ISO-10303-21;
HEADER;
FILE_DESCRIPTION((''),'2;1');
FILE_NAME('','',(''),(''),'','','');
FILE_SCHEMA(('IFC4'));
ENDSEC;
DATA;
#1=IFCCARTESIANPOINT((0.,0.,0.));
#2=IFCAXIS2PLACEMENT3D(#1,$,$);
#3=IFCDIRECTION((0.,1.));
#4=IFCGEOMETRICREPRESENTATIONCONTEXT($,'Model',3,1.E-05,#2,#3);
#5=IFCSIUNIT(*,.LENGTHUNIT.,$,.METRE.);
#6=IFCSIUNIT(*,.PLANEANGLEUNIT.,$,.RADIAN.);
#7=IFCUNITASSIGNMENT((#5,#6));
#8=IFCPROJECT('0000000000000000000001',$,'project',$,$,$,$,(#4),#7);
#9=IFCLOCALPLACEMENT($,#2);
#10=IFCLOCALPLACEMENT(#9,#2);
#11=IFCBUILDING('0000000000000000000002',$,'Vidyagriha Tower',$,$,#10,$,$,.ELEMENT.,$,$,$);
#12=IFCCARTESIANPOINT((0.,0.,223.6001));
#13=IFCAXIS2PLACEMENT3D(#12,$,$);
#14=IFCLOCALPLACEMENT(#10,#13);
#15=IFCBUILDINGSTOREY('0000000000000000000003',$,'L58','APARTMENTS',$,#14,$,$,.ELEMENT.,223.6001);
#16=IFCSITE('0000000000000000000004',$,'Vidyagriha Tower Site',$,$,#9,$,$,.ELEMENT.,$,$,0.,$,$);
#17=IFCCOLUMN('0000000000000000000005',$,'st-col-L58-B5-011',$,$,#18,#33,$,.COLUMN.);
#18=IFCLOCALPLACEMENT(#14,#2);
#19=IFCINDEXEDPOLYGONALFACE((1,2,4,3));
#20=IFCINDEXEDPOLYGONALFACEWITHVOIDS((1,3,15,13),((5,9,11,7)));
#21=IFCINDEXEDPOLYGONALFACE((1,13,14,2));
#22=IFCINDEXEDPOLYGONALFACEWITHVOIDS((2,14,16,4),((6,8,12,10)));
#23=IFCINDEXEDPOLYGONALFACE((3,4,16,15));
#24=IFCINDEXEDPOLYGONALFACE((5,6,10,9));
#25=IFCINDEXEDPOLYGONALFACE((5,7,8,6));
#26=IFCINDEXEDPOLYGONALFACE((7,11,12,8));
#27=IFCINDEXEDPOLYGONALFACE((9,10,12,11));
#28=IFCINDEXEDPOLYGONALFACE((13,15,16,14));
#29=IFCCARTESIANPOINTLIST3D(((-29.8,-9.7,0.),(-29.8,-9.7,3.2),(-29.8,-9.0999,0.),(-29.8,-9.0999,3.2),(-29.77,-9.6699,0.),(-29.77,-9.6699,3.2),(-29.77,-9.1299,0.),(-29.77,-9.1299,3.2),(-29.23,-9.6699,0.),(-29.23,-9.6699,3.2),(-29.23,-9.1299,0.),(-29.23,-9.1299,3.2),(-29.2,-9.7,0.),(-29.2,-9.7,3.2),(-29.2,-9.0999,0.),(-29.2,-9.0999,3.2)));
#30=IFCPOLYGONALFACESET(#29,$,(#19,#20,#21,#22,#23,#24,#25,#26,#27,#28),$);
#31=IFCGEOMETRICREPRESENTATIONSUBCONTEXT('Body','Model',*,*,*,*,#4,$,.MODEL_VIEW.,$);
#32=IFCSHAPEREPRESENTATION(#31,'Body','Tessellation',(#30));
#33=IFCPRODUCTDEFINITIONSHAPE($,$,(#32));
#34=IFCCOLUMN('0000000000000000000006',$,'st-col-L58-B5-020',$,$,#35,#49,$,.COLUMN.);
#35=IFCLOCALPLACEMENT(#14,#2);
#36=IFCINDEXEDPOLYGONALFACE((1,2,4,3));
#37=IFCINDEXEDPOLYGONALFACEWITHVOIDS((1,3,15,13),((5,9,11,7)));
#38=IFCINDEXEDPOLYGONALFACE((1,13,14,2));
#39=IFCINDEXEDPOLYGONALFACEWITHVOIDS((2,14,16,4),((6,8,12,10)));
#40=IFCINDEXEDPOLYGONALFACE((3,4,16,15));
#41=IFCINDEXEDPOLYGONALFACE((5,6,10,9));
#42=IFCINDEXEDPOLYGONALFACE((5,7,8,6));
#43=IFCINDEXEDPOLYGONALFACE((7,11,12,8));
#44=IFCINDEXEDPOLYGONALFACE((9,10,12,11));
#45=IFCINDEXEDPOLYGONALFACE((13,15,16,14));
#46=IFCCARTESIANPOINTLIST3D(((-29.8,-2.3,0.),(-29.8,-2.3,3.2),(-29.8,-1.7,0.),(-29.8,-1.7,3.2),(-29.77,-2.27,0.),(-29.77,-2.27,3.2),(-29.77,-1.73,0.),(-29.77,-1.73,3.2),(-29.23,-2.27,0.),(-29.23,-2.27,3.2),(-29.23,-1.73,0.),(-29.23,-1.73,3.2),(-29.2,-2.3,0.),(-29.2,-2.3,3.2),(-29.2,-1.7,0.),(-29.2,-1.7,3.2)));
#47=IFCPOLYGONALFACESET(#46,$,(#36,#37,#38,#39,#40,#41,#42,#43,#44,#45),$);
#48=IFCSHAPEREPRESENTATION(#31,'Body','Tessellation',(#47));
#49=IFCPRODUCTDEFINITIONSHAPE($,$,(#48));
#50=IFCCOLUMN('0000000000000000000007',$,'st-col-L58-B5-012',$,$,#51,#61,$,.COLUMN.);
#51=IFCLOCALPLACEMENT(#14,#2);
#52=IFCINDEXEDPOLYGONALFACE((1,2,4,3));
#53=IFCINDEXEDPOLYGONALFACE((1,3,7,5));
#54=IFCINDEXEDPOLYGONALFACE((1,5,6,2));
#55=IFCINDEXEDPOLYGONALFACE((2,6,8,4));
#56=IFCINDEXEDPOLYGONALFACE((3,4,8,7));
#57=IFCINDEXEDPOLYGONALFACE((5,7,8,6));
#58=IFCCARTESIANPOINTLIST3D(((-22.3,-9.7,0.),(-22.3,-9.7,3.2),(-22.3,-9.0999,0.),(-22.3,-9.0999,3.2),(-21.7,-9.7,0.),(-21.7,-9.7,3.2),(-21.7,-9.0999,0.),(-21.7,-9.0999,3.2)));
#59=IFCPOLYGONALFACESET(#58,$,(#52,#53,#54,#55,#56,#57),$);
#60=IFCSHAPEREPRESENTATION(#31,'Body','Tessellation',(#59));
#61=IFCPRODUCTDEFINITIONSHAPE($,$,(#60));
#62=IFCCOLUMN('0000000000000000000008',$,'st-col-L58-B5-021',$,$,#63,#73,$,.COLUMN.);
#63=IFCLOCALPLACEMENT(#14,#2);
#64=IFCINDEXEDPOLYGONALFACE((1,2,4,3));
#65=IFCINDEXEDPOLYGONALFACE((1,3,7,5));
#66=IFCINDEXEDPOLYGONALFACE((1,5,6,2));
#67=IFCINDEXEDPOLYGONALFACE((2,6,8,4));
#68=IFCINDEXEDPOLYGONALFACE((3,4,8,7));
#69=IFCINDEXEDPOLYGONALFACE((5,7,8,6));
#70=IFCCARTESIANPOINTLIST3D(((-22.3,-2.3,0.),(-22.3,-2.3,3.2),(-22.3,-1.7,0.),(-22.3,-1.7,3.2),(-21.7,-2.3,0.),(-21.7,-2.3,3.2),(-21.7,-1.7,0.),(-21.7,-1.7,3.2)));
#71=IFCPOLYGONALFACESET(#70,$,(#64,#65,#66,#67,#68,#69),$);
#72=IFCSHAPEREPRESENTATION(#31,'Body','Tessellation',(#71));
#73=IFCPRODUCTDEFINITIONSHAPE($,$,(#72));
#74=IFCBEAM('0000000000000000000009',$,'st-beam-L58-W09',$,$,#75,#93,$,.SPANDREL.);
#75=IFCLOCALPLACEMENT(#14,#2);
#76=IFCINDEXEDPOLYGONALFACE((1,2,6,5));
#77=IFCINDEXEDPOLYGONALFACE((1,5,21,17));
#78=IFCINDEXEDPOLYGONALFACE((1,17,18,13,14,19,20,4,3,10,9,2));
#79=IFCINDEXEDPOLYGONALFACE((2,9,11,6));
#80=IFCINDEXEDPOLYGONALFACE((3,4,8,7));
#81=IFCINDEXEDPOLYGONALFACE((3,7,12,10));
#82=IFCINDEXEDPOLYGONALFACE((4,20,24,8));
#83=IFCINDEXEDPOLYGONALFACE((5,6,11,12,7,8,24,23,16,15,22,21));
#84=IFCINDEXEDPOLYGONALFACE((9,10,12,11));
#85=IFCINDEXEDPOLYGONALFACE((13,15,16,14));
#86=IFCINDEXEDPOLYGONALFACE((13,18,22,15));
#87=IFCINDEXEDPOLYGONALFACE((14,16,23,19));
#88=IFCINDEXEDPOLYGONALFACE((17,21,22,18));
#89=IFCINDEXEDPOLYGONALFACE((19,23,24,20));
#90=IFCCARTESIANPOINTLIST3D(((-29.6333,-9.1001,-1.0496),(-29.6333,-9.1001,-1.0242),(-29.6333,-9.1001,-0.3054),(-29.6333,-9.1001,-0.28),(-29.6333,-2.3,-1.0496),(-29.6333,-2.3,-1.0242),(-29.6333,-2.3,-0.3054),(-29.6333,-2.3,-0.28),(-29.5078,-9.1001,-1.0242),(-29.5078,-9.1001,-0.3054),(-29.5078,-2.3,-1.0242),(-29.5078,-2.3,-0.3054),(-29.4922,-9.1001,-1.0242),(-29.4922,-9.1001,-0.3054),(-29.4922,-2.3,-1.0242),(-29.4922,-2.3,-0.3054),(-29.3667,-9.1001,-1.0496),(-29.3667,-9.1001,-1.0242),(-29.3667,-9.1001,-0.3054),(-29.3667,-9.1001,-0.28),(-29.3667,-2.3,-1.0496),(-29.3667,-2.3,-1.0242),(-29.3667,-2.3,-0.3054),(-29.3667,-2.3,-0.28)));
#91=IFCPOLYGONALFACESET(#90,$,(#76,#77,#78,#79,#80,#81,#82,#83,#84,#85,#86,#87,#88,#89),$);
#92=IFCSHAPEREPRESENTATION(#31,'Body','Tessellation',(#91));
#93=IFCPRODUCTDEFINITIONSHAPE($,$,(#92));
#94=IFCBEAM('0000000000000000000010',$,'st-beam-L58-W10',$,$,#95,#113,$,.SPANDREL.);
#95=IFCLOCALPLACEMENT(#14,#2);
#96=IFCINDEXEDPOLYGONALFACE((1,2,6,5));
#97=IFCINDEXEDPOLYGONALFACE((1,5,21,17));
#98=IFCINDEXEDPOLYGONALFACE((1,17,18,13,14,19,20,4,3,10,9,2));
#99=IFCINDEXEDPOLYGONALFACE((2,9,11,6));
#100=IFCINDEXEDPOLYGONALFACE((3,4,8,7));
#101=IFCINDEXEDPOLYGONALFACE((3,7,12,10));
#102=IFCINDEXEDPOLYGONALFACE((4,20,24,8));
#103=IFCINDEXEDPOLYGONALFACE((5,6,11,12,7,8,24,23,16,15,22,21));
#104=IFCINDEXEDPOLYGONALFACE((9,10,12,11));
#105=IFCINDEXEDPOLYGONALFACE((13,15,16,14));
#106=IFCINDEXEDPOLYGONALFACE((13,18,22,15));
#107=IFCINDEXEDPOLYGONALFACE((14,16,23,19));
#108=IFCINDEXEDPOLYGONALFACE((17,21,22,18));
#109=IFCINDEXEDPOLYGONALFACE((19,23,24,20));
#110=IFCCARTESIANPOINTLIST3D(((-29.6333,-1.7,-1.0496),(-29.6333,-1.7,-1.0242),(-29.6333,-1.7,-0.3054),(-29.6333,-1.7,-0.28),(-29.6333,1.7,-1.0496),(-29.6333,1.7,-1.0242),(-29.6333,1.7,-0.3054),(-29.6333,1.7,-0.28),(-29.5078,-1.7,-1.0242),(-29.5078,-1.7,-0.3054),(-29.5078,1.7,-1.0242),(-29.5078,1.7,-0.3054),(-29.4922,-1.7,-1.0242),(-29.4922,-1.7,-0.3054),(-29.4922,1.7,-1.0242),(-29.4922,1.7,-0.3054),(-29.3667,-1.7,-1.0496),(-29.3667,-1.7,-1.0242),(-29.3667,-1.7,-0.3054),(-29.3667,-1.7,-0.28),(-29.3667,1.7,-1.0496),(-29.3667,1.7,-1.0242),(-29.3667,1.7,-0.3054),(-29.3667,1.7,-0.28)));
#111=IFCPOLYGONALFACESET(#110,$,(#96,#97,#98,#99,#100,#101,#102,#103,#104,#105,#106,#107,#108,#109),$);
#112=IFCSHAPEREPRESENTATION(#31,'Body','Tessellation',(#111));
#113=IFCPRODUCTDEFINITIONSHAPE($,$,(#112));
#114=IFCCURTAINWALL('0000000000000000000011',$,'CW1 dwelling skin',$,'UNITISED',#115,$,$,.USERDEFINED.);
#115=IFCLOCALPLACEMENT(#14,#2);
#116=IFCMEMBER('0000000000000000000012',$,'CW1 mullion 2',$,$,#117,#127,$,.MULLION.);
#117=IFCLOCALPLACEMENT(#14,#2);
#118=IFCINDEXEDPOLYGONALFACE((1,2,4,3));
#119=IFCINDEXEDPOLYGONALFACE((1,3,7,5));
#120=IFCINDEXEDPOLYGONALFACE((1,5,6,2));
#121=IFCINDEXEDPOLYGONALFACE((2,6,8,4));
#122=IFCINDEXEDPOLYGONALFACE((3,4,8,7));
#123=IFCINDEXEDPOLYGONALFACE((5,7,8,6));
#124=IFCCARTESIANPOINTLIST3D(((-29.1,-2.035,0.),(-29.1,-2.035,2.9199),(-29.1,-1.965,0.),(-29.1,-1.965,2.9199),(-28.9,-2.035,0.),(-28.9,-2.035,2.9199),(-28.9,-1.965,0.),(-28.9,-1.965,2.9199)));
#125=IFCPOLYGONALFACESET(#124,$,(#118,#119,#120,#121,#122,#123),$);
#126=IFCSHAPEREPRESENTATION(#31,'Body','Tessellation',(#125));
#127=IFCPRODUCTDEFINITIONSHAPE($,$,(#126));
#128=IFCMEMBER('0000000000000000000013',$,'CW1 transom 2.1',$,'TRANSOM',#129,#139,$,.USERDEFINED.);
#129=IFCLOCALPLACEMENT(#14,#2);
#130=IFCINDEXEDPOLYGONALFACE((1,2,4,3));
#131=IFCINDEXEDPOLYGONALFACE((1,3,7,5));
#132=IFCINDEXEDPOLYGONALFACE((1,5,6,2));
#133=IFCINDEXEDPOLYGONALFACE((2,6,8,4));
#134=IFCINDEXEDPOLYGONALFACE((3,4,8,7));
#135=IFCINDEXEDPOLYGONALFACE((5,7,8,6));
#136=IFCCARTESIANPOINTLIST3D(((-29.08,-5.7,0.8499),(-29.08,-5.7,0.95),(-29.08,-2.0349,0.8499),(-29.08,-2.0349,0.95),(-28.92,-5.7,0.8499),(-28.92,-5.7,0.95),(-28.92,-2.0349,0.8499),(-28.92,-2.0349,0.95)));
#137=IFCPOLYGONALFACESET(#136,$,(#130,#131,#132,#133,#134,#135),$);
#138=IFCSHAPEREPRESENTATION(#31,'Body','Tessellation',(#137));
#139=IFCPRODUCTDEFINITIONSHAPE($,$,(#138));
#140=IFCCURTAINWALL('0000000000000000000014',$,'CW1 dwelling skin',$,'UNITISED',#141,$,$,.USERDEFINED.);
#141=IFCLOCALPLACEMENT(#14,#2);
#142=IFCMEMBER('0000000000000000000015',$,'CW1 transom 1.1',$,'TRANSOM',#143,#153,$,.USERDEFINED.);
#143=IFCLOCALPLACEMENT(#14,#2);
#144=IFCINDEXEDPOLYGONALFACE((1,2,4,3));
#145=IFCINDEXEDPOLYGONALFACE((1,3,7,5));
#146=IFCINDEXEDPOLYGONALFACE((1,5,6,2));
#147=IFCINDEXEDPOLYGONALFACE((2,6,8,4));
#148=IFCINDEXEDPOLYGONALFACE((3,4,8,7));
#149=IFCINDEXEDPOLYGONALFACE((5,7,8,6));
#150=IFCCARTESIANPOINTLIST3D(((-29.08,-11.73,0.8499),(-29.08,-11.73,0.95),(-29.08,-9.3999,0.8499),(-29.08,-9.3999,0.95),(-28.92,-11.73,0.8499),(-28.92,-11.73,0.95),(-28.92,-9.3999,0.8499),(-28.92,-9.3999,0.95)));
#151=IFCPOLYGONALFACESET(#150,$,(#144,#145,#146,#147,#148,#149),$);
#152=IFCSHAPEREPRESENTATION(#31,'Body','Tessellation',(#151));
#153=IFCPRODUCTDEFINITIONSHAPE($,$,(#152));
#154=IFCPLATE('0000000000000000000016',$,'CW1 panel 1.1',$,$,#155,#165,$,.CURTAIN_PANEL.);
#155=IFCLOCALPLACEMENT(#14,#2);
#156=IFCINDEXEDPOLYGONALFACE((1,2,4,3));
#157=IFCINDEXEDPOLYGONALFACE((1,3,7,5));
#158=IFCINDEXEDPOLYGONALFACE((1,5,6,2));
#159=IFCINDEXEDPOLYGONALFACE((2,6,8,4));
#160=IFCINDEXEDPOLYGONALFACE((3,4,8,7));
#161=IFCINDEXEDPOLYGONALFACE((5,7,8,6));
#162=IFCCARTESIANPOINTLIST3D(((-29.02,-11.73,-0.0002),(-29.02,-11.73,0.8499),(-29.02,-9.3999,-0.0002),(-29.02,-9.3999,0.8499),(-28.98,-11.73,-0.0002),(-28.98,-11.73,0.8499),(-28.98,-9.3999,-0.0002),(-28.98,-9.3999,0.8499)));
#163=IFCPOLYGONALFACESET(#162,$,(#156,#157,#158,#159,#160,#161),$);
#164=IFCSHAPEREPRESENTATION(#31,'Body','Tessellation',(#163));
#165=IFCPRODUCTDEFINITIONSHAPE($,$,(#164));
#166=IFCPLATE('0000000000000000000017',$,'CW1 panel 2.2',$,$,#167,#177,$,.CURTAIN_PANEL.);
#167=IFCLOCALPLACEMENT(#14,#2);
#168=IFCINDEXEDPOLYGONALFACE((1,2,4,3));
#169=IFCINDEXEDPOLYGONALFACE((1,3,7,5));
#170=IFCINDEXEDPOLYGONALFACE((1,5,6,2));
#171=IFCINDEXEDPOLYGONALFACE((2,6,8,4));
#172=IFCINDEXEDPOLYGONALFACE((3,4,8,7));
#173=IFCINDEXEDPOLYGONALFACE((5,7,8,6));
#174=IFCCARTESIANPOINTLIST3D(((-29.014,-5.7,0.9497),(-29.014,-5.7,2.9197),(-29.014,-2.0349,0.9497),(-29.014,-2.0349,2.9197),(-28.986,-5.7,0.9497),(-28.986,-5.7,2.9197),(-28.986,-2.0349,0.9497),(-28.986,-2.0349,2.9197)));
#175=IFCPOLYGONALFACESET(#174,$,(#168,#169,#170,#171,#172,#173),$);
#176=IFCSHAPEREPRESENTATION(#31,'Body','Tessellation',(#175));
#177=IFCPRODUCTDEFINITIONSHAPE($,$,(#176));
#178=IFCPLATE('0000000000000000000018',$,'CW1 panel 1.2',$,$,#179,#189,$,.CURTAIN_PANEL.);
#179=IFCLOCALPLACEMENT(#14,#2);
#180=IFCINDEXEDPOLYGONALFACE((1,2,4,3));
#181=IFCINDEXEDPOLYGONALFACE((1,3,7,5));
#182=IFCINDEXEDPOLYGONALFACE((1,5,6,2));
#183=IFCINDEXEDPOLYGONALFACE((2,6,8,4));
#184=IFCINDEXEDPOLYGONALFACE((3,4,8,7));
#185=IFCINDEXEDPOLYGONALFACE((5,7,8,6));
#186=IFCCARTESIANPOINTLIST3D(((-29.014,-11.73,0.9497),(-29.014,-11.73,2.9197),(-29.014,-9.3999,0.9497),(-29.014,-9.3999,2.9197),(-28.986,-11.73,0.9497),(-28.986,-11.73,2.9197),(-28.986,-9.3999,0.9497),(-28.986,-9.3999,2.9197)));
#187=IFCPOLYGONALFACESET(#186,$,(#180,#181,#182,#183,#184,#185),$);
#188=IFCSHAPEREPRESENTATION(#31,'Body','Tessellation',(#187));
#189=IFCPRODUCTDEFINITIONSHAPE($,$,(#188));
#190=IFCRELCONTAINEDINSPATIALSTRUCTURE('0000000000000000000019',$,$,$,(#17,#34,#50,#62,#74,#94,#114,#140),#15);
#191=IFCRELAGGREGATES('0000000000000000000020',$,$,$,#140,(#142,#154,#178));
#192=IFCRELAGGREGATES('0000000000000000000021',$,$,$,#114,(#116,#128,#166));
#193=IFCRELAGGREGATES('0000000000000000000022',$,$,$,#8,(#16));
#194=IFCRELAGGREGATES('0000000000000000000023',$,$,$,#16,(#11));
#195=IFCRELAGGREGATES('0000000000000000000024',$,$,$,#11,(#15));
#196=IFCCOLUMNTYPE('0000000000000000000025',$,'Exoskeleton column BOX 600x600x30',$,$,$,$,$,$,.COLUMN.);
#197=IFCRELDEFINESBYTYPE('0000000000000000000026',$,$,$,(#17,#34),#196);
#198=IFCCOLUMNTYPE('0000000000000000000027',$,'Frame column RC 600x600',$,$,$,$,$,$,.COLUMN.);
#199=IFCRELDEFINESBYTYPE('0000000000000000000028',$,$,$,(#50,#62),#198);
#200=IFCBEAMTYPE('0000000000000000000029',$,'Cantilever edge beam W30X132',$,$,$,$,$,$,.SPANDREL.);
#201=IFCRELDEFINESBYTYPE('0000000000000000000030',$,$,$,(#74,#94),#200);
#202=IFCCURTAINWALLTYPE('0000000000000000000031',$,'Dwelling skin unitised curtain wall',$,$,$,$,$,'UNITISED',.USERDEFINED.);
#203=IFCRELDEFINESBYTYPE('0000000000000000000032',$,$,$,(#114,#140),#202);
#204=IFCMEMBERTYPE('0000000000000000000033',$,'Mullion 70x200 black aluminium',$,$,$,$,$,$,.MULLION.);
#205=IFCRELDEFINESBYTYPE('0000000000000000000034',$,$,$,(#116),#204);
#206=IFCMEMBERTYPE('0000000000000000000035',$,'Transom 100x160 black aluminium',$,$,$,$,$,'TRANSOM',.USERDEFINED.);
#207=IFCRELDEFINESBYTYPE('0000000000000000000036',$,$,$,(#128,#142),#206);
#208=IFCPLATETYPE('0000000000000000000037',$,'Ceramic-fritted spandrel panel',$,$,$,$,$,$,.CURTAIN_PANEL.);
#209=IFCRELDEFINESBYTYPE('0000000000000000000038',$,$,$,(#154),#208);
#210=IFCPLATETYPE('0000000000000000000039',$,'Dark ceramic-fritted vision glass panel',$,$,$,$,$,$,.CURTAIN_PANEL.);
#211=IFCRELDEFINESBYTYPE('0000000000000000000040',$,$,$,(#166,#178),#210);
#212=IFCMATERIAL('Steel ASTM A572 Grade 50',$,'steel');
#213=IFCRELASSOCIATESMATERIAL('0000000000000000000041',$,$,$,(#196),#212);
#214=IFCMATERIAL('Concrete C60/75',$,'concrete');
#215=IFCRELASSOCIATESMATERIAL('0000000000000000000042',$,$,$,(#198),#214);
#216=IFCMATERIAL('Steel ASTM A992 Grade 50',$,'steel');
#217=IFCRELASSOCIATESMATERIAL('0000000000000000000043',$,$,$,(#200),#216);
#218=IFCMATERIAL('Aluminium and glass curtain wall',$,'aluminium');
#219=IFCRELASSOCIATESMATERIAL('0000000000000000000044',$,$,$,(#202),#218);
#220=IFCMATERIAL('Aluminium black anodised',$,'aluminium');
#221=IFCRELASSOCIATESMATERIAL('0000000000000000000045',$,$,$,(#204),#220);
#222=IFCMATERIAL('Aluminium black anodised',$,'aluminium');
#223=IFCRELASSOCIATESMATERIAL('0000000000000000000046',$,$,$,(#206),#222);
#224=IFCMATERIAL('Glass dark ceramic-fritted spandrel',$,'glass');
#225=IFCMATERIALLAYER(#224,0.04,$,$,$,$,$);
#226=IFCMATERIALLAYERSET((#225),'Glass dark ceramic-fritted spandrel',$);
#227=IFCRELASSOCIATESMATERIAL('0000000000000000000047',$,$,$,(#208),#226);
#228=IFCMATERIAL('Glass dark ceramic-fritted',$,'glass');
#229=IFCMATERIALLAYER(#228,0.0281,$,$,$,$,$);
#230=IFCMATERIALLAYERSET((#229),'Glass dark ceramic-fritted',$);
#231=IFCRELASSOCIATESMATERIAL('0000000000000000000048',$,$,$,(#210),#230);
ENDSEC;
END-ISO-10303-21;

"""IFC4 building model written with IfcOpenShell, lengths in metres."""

from ifc_helpers import new_model, si_unit, direction, frame, origin, origin_2d, place, context, subcontext, project, spatial, rectangle, hollow_rectangle, i_section, extrude, material, layer, layer_set, material_profile, profile_set, type_object, element, aggregate, save


model = new_model("IFC4")

# Units and contexts
model_context = context("Model", 3, precision=1e-05, world=origin(), true_north=direction((0.0, 1.0)))
body_context = subcontext(model_context, "Body", "Model", "MODEL_VIEW")
ifc_project = project(units=[si_unit("LENGTHUNIT", "METRE"), si_unit("PLANEANGLEUNIT", "RADIAN")], contexts=[model_context])

# Site, building, storey
site_placement = place(None, origin())
site = spatial("IfcSite", under=ifc_project, at=site_placement, Name="Vidyagriha Tower Site", CompositionType="ELEMENT", RefElevation=0.0)
building_placement = place(site_placement, origin())
building = spatial("IfcBuilding", under=site, at=building_placement, Name="Vidyagriha Tower", CompositionType="ELEMENT")
storey_placement = place(building_placement, frame((0.0, 0.0, 223.6001)))
storey = spatial("IfcBuildingStorey", under=building, at=storey_placement, Name="L58", Description="APARTMENTS", CompositionType="ELEMENT", Elevation=223.6001)

# Columns
ifc_material_1 = material(Name="Steel ASTM A572 Grade 50", Category="steel")
ifc_material_profile_1 = material_profile(ifc_material_1, hollow_rectangle(XDim=0.6001, YDim=0.6001, WallThickness=0.03, at=origin_2d()), Name="BOX 600x600x30")
ifc_profile_set_1 = profile_set([ifc_material_profile_1], Name="Steel ASTM A572 Grade 50")
column_type_1 = type_object("IfcColumnType", Name="Exoskeleton column BOX 600x600x30", PredefinedType="COLUMN", material=ifc_profile_set_1)
for number, where, name in (
    (1, (-29.5, -9.3999, 0.0), "st-col-L58-B5-011"),
    (2, (-29.5, -2.0, 0.0), "st-col-L58-B5-020"),
):
    element("IfcColumn", number, at=place(storey_placement, frame(where)), inside=storey, type_object=column_type_1, Name=name, PredefinedType="COLUMN", context=body_context, shape_type="SweptSolid", body=[
        extrude(hollow_rectangle(XDim=0.6001, YDim=0.6001, WallThickness=0.03, at=origin_2d()), origin(), (0.0, 0.0, 1.0), 3.2),
    ])
ifc_material_2 = material(Name="Concrete C60/75", Category="concrete")
ifc_material_profile_2 = material_profile(ifc_material_2, rectangle(XDim=0.6001, YDim=0.6001, at=origin_2d()), Name="RC 600x600")
ifc_profile_set_2 = profile_set([ifc_material_profile_2], Name="Concrete C60/75")
column_type_2 = type_object("IfcColumnType", Name="Frame column RC 600x600", PredefinedType="COLUMN", material=ifc_profile_set_2)
for number, where, name in (
    (3, (-22.0, -9.3999, 0.0), "st-col-L58-B5-012"),
    (4, (-22.0, -2.0, 0.0), "st-col-L58-B5-021"),
):
    element("IfcColumn", number, at=place(storey_placement, frame(where)), inside=storey, type_object=column_type_2, Name=name, PredefinedType="COLUMN", context=body_context, shape_type="SweptSolid", body=[
        extrude(rectangle(XDim=0.6001, YDim=0.6001, at=origin_2d()), origin(), (0.0, 0.0, 1.0), 3.2),
    ])

# Beams
ifc_material_3 = material(Name="Steel ASTM A992 Grade 50", Category="steel")
ifc_material_profile_3 = material_profile(ifc_material_3, i_section(OverallWidth=0.2666, OverallDepth=0.7695, WebThickness=0.0156, FlangeThickness=0.0254, at=origin_2d()), Name="W30X132")
ifc_profile_set_3 = profile_set([ifc_material_profile_3], Name="Steel ASTM A992 Grade 50")
beam_type = type_object("IfcBeamType", Name="Cantilever edge beam W30X132", PredefinedType="SPANDREL", material=ifc_profile_set_3)
beam_1_placement = place(storey_placement, frame((-29.5, -9.1001, -0.6648), z_axis=(0.0, 1.0, 0.0), x_axis=(-1.0, 0.0, 0.0)))
element("IfcBeam", 5, at=beam_1_placement, inside=storey, type_object=beam_type, Name="st-beam-L58-W09", PredefinedType="SPANDREL", context=body_context, shape_type="SweptSolid", body=[
    extrude(i_section(OverallWidth=0.2666, OverallDepth=0.7695, WebThickness=0.0156, FlangeThickness=0.0254, at=origin_2d()), origin(), (0.0, 0.0, 1.0), 6.8),
])
beam_2_placement = place(storey_placement, frame((-29.5, -1.7, -0.6648), z_axis=(0.0, 1.0, 0.0), x_axis=(-1.0, 0.0, 0.0)))
element("IfcBeam", 6, at=beam_2_placement, inside=storey, type_object=beam_type, Name="st-beam-L58-W10", PredefinedType="SPANDREL", context=body_context, shape_type="SweptSolid", body=[
    extrude(i_section(OverallWidth=0.2666, OverallDepth=0.7695, WebThickness=0.0156, FlangeThickness=0.0254, at=origin_2d()), origin(), (0.0, 0.0, 1.0), 3.3999),
])

# Curtain wall, members
ifc_material_4 = material(Name="Aluminium and glass curtain wall", Category="aluminium")
curtain_wall_type = type_object("IfcCurtainWallType", Name="Dwelling skin unitised curtain wall", ElementType="UNITISED", PredefinedType="USERDEFINED", material=ifc_material_4)
curtain_wall_1_placement = place(storey_placement, origin())
curtain_wall_1 = element("IfcCurtainWall", 7, at=curtain_wall_1_placement, inside=storey, type_object=curtain_wall_type, Name="CW1 dwelling skin", ObjectType="UNITISED", PredefinedType="USERDEFINED")
ifc_material_5 = material(Name="Aluminium black anodised", Category="aluminium")
ifc_material_profile_4 = material_profile(ifc_material_5, rectangle(XDim=0.2, YDim=0.0701, at=origin_2d()), Name="Mullion 70x200 black aluminium")
ifc_profile_set_4 = profile_set([ifc_material_profile_4], Name="Aluminium black anodised")
member_type_1 = type_object("IfcMemberType", Name="Mullion 70x200 black aluminium", PredefinedType="MULLION", material=ifc_profile_set_4)
member_1_placement = place(storey_placement, frame((-29.0, -2.0, 0.0)))
member_1 = element("IfcMember", 8, at=member_1_placement, type_object=member_type_1, Name="CW1 mullion 2", PredefinedType="MULLION", context=body_context, shape_type="SweptSolid", body=[
    extrude(rectangle(XDim=0.2, YDim=0.0701, at=origin_2d()), origin(), (0.0, 0.0, 1.0), 2.9199),
])
ifc_material_6 = material(Name="Aluminium black anodised", Category="aluminium")
ifc_material_profile_5 = material_profile(ifc_material_6, rectangle(XDim=0.1599, YDim=0.1001, at=origin_2d()), Name="Transom 100x160 black aluminium")
ifc_profile_set_5 = profile_set([ifc_material_profile_5], Name="Aluminium black anodised")
member_type_2 = type_object("IfcMemberType", Name="Transom 100x160 black aluminium", ElementType="TRANSOM", PredefinedType="USERDEFINED", material=ifc_profile_set_5)
member_2_placement = place(storey_placement, frame((-29.0, -2.0349, 0.8999), z_axis=(0.0, -1.0, 0.0), x_axis=(1.0, 0.0, 0.0)))
member_2 = element("IfcMember", 9, at=member_2_placement, type_object=member_type_2, Name="CW1 transom 2.1", ObjectType="TRANSOM", PredefinedType="USERDEFINED", context=body_context, shape_type="SweptSolid", body=[
    extrude(rectangle(XDim=0.1599, YDim=0.1001, at=origin_2d()), origin(), (0.0, 0.0, 1.0), 3.665),
])

# Curtain wall, member, plate
curtain_wall_2_placement = place(storey_placement, origin())
curtain_wall_2 = element("IfcCurtainWall", 10, at=curtain_wall_2_placement, inside=storey, type_object=curtain_wall_type, Name="CW1 dwelling skin", ObjectType="UNITISED", PredefinedType="USERDEFINED")
member_3_placement = place(storey_placement, frame((-29.0, -9.3999, 0.8999), z_axis=(0.0, -1.0, 0.0), x_axis=(1.0, 0.0, 0.0)))
member_3 = element("IfcMember", 11, at=member_3_placement, type_object=member_type_2, Name="CW1 transom 1.1", ObjectType="TRANSOM", PredefinedType="USERDEFINED", context=body_context, shape_type="SweptSolid", body=[
    extrude(rectangle(XDim=0.1599, YDim=0.1001, at=origin_2d()), origin(), (0.0, 0.0, 1.0), 2.3301),
])
ifc_material_7 = material(Name="Glass dark ceramic-fritted spandrel", Category="glass")
ifc_layer_1 = layer(ifc_material_7, 0.04)
ifc_layer_set_1 = layer_set([ifc_layer_1], Name="Glass dark ceramic-fritted spandrel")
plate_type_1 = type_object("IfcPlateType", Name="Ceramic-fritted spandrel panel", PredefinedType="CURTAIN_PANEL", material=ifc_layer_set_1)
plate_1_placement = place(storey_placement, frame((-29.0, -10.5649, -0.0002), z_axis=(0.0, 0.0, 1.0), x_axis=(0.0, -1.0, 0.0)))
plate_1 = element("IfcPlate", 12, at=plate_1_placement, type_object=plate_type_1, Name="CW1 panel 1.1", PredefinedType="CURTAIN_PANEL", context=body_context, shape_type="SweptSolid", body=[
    extrude(rectangle(XDim=2.3301, YDim=0.04, at=origin_2d()), origin(), (0.0, 0.0, 1.0), 0.8501),
])

# Plates
ifc_material_8 = material(Name="Glass dark ceramic-fritted", Category="glass")
ifc_layer_2 = layer(ifc_material_8, 0.0281)
ifc_layer_set_2 = layer_set([ifc_layer_2], Name="Glass dark ceramic-fritted")
plate_type_2 = type_object("IfcPlateType", Name="Dark ceramic-fritted vision glass panel", PredefinedType="CURTAIN_PANEL", material=ifc_layer_set_2)
plate_2_placement = place(storey_placement, frame((-29.0, -3.8674, 0.9497), z_axis=(0.0, 0.0, 1.0), x_axis=(0.0, -1.0, 0.0)))
plate_2 = element("IfcPlate", 13, at=plate_2_placement, type_object=plate_type_2, Name="CW1 panel 2.2", PredefinedType="CURTAIN_PANEL", context=body_context, shape_type="SweptSolid", body=[
    extrude(rectangle(XDim=3.665, YDim=0.0281, at=origin_2d()), origin(), (0.0, 0.0, 1.0), 1.97),
])
plate_3_placement = place(storey_placement, frame((-29.0, -10.5649, 0.9497), z_axis=(0.0, 0.0, 1.0), x_axis=(0.0, -1.0, 0.0)))
plate_3 = element("IfcPlate", 14, at=plate_3_placement, type_object=plate_type_2, Name="CW1 panel 1.2", PredefinedType="CURTAIN_PANEL", context=body_context, shape_type="SweptSolid", body=[
    extrude(rectangle(XDim=2.3301, YDim=0.0281, at=origin_2d()), origin(), (0.0, 0.0, 1.0), 1.97),
])
aggregate(curtain_wall_2, [member_3, plate_1, plate_3])
aggregate(curtain_wall_1, [member_1, member_2, plate_2])

save(model, "model.ifc")
